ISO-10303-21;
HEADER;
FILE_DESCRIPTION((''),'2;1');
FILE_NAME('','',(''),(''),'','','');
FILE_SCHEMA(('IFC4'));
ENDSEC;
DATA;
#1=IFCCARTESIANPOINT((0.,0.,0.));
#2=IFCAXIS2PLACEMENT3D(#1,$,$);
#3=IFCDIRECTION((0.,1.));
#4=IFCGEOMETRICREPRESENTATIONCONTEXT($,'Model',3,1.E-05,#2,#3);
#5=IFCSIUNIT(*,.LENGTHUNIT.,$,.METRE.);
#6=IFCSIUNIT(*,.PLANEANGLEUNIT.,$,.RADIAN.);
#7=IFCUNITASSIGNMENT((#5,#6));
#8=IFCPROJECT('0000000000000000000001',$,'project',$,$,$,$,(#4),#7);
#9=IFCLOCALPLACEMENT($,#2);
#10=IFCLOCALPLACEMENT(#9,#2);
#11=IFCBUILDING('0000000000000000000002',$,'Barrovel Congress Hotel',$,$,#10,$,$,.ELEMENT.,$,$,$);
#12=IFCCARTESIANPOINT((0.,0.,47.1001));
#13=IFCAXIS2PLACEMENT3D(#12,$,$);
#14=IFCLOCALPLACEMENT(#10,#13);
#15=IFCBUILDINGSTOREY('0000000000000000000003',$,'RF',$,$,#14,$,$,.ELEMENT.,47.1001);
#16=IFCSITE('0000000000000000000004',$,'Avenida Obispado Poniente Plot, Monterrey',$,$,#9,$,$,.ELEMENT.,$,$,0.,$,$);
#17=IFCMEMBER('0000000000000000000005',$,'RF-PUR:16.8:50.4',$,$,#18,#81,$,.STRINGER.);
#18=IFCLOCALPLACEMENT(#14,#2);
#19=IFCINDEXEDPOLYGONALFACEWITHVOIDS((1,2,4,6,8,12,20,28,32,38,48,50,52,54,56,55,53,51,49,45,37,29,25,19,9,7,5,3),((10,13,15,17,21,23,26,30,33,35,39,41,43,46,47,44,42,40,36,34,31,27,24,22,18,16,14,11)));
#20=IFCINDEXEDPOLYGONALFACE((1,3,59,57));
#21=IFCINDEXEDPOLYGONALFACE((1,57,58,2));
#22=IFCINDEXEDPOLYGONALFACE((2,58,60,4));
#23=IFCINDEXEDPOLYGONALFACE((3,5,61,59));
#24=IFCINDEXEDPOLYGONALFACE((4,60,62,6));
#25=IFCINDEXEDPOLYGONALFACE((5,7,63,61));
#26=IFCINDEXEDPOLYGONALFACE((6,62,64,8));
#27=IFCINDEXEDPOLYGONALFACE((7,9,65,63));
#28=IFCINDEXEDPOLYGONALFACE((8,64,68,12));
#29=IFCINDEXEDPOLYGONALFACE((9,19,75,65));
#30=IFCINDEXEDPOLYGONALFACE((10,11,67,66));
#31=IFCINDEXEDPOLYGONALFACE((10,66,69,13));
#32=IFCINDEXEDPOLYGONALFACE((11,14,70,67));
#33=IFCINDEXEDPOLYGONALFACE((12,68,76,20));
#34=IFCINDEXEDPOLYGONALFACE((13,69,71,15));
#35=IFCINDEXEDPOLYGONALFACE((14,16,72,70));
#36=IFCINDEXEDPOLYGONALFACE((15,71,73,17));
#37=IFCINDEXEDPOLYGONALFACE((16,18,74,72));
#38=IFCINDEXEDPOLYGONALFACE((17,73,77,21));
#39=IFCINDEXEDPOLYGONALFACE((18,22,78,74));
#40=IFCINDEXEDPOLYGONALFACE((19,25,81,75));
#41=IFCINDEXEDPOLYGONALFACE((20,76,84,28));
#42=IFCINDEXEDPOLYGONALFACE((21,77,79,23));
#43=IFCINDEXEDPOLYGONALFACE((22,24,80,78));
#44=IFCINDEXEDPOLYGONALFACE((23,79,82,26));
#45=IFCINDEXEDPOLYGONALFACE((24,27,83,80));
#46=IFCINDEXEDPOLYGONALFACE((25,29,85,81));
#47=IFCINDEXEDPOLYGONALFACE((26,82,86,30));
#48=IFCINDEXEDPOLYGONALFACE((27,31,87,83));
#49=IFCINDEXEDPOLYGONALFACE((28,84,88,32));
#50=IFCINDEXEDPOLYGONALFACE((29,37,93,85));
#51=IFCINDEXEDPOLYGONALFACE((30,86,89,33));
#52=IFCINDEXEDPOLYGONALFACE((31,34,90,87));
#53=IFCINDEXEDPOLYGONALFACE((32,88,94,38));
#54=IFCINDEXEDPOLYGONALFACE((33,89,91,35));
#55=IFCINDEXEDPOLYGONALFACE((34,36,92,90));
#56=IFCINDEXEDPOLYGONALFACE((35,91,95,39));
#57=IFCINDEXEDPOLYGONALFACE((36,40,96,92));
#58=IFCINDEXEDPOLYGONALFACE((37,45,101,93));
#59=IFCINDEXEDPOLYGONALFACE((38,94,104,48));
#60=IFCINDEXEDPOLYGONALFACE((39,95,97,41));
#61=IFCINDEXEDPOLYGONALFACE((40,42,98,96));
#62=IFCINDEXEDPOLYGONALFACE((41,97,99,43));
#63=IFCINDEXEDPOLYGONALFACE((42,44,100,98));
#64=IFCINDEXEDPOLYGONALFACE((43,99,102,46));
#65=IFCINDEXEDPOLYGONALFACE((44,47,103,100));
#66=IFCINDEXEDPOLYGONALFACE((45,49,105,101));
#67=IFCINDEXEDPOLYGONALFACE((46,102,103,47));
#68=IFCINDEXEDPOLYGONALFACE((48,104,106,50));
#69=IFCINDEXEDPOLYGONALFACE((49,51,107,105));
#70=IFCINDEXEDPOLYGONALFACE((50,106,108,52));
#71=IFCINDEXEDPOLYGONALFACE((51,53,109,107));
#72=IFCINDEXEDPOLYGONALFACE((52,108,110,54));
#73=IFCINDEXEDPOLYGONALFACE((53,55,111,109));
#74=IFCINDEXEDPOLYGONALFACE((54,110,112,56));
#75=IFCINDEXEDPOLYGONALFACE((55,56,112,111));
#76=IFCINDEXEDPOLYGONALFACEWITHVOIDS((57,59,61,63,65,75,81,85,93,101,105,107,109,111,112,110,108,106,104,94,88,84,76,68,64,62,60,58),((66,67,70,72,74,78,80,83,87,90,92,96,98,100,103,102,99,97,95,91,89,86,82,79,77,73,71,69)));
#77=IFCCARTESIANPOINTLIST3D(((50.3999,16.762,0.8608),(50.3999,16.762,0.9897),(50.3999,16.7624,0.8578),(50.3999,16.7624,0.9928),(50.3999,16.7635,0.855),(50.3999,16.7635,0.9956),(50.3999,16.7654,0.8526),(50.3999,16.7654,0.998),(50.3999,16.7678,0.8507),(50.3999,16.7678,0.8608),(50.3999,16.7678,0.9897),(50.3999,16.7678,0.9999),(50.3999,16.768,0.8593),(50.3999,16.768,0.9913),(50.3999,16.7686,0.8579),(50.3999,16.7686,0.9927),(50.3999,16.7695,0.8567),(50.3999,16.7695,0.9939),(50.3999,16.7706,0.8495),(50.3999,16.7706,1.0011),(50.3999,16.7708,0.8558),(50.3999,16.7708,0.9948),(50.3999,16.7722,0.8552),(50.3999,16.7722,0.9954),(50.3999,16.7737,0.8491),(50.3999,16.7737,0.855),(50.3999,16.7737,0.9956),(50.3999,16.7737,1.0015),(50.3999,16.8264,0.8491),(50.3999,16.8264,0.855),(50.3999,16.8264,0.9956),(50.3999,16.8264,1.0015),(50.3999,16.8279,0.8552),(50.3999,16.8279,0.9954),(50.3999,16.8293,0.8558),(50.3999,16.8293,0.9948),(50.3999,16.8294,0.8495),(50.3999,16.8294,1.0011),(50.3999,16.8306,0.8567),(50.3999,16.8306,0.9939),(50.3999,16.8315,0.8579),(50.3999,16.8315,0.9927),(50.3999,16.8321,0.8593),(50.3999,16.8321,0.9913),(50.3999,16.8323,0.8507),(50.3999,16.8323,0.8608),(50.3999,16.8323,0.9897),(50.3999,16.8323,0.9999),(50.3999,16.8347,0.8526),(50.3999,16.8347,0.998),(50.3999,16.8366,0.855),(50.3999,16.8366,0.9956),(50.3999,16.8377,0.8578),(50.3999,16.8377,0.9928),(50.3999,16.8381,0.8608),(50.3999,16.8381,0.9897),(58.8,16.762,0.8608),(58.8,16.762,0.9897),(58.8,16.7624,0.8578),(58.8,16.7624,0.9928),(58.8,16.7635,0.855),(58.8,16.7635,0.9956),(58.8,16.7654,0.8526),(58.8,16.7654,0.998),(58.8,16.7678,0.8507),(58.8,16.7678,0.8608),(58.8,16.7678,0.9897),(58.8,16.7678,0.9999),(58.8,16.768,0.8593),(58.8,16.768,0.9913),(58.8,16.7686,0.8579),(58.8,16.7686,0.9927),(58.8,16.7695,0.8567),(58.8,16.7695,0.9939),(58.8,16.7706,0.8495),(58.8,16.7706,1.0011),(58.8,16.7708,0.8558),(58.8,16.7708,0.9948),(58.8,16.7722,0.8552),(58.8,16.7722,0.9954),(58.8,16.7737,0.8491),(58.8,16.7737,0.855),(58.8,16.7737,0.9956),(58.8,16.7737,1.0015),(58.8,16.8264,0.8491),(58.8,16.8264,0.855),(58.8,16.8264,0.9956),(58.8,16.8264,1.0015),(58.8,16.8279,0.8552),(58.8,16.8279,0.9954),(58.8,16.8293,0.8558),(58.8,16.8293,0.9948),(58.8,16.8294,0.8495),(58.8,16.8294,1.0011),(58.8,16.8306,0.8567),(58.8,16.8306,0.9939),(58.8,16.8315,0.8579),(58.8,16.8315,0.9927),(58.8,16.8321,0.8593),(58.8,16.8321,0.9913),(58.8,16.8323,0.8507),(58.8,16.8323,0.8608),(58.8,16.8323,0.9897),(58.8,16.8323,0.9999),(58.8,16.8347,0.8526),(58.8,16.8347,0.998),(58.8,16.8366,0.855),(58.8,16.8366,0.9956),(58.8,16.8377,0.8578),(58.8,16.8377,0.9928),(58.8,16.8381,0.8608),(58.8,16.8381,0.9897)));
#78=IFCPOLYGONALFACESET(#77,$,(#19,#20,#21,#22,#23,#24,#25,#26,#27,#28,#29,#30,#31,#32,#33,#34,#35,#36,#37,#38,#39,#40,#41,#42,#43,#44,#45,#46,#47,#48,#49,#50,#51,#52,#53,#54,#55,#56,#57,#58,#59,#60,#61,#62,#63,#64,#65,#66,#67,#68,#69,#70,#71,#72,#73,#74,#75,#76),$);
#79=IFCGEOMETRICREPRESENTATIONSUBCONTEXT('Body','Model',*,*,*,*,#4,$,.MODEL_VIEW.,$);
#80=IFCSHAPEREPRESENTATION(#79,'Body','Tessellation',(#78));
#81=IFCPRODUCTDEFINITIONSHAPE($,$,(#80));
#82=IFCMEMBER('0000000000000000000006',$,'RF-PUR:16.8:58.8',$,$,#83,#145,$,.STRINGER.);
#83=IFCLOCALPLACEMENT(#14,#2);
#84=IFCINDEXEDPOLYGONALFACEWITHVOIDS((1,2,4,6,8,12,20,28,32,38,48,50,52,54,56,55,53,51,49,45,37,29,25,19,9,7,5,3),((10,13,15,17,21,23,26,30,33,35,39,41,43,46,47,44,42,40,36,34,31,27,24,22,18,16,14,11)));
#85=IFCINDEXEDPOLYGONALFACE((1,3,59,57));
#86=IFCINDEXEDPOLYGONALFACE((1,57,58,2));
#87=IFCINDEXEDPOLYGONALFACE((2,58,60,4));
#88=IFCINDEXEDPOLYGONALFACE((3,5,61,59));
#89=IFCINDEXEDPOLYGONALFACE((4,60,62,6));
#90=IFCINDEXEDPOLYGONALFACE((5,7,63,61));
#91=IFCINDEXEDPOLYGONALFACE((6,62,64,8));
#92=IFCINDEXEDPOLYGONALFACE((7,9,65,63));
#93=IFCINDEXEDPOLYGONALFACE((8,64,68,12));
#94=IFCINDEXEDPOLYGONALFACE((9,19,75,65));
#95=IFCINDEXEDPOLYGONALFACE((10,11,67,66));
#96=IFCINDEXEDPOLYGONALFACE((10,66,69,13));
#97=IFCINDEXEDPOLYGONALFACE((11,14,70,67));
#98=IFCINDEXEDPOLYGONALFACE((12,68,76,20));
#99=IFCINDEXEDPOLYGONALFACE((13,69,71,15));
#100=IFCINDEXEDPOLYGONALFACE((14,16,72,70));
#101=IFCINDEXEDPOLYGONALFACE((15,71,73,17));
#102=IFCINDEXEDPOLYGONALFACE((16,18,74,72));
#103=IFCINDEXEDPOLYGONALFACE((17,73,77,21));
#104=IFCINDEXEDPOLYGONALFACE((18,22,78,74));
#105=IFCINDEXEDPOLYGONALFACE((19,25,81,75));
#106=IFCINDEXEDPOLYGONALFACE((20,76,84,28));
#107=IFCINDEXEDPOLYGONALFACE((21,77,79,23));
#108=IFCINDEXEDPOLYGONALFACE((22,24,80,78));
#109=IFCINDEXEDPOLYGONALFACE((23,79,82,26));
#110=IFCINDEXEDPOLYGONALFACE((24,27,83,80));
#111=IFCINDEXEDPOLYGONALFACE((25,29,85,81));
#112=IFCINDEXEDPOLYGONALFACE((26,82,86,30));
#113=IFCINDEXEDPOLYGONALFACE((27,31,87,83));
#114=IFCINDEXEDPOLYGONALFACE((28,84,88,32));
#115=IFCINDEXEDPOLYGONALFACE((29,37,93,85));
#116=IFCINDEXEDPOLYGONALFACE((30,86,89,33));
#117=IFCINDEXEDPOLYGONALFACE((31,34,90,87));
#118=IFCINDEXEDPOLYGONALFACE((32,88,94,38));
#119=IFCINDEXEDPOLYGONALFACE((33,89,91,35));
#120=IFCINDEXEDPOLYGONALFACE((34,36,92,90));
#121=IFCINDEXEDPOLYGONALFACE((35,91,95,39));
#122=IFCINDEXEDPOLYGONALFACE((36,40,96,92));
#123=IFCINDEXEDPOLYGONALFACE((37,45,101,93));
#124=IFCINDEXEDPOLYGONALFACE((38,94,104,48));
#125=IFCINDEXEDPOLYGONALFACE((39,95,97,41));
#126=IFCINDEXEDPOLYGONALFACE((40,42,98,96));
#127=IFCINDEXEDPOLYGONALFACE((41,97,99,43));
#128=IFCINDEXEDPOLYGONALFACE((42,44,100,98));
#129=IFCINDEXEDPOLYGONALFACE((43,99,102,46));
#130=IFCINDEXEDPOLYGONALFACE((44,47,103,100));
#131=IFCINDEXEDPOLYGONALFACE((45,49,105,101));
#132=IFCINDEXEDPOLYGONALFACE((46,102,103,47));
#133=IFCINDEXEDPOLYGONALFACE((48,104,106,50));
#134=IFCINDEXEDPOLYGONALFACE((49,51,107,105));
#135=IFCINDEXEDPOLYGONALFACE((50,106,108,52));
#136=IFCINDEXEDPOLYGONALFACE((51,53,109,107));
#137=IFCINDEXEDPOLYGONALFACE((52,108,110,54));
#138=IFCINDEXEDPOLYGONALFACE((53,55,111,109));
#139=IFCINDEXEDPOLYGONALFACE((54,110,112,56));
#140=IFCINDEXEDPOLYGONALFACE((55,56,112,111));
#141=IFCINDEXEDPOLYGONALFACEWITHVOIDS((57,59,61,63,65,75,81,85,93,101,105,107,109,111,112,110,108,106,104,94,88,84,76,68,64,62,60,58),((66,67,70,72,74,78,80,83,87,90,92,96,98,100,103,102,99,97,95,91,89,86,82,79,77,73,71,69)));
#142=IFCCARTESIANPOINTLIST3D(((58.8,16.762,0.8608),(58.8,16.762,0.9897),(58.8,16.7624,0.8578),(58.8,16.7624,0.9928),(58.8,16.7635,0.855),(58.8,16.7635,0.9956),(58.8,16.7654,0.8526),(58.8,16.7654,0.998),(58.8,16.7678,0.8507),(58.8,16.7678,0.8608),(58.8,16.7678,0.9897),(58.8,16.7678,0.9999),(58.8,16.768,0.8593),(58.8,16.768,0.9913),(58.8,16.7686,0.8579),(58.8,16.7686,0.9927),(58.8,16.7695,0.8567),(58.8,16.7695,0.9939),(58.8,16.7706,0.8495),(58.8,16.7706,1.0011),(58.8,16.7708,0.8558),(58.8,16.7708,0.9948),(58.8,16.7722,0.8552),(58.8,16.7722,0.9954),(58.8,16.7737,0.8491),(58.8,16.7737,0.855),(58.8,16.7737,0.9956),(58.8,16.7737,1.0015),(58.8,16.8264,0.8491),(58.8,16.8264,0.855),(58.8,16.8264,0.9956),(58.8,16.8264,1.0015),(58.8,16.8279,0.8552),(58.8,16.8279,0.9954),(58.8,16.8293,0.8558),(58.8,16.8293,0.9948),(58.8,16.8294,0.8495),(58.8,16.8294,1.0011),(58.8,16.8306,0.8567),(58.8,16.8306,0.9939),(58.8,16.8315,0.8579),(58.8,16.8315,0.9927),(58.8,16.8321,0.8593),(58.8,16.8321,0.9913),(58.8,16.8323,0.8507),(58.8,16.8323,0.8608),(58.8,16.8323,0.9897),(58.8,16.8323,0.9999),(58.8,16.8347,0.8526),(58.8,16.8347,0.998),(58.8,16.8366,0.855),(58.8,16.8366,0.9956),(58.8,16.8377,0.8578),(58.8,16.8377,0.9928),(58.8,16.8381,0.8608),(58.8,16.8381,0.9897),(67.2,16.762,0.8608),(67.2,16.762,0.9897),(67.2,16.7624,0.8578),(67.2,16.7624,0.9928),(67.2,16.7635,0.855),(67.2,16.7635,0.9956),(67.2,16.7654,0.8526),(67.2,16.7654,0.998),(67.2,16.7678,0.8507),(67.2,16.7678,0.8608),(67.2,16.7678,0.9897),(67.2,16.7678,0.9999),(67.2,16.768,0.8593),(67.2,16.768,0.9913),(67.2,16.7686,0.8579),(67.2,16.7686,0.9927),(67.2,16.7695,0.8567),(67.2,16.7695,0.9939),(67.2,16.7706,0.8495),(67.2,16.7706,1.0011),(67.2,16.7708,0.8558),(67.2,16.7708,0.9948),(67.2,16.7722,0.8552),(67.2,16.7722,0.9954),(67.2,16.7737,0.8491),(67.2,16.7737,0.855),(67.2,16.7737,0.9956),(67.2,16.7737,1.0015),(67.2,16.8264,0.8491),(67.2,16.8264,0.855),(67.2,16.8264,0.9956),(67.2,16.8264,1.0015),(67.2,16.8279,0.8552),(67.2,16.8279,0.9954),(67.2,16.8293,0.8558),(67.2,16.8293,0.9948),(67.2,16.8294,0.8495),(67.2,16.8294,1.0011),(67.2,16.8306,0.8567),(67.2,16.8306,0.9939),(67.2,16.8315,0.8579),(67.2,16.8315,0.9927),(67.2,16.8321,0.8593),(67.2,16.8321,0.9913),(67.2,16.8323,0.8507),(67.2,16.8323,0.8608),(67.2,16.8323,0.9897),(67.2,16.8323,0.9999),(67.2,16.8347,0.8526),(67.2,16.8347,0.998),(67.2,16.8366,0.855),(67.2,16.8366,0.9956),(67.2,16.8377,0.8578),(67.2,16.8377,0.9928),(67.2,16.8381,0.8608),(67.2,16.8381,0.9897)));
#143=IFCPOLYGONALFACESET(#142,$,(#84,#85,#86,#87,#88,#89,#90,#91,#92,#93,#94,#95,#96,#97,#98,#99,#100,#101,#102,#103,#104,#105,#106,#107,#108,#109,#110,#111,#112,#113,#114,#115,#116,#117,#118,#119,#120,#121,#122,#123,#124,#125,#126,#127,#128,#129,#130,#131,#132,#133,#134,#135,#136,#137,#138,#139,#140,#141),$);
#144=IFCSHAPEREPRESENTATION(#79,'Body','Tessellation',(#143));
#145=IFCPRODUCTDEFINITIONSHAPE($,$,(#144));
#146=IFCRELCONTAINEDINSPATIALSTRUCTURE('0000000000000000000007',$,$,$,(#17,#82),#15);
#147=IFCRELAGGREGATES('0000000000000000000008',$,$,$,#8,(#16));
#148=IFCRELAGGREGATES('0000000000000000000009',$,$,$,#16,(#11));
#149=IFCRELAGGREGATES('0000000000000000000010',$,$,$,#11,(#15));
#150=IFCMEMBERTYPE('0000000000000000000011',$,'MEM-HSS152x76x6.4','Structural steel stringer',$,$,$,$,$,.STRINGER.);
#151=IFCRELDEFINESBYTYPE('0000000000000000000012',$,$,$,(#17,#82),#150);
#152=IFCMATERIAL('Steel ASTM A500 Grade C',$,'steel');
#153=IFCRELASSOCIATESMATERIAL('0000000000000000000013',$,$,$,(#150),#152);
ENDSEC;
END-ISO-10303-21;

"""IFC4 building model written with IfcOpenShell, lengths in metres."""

from ifc_helpers import new_model, si_unit, direction, frame, origin, origin_2d, place, context, subcontext, project, spatial, hollow_rectangle, extrude, material, material_profile, profile_set, type_object, element, save


model = new_model("IFC4")

# Units and contexts
model_context = context("Model", 3, precision=1e-05, world=origin(), true_north=direction((0.0, 1.0)))
body_context = subcontext(model_context, "Body", "Model", "MODEL_VIEW")
ifc_project = project(units=[si_unit("LENGTHUNIT", "METRE"), si_unit("PLANEANGLEUNIT", "RADIAN")], contexts=[model_context])

# Site, building, storey
site_placement = place(None, origin())
site = spatial("IfcSite", under=ifc_project, at=site_placement, Name="Avenida Obispado Poniente Plot, Monterrey", CompositionType="ELEMENT", RefElevation=0.0)
building_placement = place(site_placement, origin())
building = spatial("IfcBuilding", under=site, at=building_placement, Name="Barrovel Congress Hotel", CompositionType="ELEMENT")
storey_placement = place(building_placement, frame((0.0, 0.0, 47.1001)))
storey = spatial("IfcBuildingStorey", under=building, at=storey_placement, Name="RF", CompositionType="ELEMENT", Elevation=47.1001)

# Members
ifc_material_1 = material(Name="Steel ASTM A500 Grade C", Category="steel")
ifc_material_profile_1 = material_profile(ifc_material_1, hollow_rectangle(XDim=0.0762, YDim=0.1523, WallThickness=0.0059, InnerFilletRadius=0.0059, OuterFilletRadius=0.0117, at=origin_2d()), Name="HSS152x76x6.4")
ifc_profile_set_1 = profile_set([ifc_material_profile_1], Name="Steel ASTM A500 Grade C")
member_type_1 = type_object("IfcMemberType", Name="MEM-HSS152x76x6.4", Description="Structural steel stringer", PredefinedType="STRINGER", material=ifc_profile_set_1)
member_1_placement = place(storey_placement, frame((50.3999, 16.8, 0.9253), z_axis=(1.0, 0.0, 0.0), x_axis=(0.0, 1.0, 0.0)))
element("IfcMember", 1, at=member_1_placement, inside=storey, type_object=member_type_1, Name="RF-PUR:16.8:50.4", PredefinedType="STRINGER", context=body_context, shape_type="SweptSolid", body=[
    extrude(hollow_rectangle(XDim=0.0762, YDim=0.1523, WallThickness=0.0059, InnerFilletRadius=0.0059, OuterFilletRadius=0.0117, at=origin_2d()), origin(), (0.0, 0.0, 1.0), 8.4001),
])
member_2_placement = place(storey_placement, frame((58.8, 16.8, 0.9253), z_axis=(1.0, 0.0, 0.0), x_axis=(0.0, 1.0, 0.0)))
element("IfcMember", 2, at=member_2_placement, inside=storey, type_object=member_type_1, Name="RF-PUR:16.8:58.8", PredefinedType="STRINGER", context=body_context, shape_type="SweptSolid", body=[
    extrude(hollow_rectangle(XDim=0.0762, YDim=0.1523, WallThickness=0.0059, InnerFilletRadius=0.0059, OuterFilletRadius=0.0117, at=origin_2d()), origin(), (0.0, 0.0, 1.0), 8.3999),
])

save(model, "model.ifc")
